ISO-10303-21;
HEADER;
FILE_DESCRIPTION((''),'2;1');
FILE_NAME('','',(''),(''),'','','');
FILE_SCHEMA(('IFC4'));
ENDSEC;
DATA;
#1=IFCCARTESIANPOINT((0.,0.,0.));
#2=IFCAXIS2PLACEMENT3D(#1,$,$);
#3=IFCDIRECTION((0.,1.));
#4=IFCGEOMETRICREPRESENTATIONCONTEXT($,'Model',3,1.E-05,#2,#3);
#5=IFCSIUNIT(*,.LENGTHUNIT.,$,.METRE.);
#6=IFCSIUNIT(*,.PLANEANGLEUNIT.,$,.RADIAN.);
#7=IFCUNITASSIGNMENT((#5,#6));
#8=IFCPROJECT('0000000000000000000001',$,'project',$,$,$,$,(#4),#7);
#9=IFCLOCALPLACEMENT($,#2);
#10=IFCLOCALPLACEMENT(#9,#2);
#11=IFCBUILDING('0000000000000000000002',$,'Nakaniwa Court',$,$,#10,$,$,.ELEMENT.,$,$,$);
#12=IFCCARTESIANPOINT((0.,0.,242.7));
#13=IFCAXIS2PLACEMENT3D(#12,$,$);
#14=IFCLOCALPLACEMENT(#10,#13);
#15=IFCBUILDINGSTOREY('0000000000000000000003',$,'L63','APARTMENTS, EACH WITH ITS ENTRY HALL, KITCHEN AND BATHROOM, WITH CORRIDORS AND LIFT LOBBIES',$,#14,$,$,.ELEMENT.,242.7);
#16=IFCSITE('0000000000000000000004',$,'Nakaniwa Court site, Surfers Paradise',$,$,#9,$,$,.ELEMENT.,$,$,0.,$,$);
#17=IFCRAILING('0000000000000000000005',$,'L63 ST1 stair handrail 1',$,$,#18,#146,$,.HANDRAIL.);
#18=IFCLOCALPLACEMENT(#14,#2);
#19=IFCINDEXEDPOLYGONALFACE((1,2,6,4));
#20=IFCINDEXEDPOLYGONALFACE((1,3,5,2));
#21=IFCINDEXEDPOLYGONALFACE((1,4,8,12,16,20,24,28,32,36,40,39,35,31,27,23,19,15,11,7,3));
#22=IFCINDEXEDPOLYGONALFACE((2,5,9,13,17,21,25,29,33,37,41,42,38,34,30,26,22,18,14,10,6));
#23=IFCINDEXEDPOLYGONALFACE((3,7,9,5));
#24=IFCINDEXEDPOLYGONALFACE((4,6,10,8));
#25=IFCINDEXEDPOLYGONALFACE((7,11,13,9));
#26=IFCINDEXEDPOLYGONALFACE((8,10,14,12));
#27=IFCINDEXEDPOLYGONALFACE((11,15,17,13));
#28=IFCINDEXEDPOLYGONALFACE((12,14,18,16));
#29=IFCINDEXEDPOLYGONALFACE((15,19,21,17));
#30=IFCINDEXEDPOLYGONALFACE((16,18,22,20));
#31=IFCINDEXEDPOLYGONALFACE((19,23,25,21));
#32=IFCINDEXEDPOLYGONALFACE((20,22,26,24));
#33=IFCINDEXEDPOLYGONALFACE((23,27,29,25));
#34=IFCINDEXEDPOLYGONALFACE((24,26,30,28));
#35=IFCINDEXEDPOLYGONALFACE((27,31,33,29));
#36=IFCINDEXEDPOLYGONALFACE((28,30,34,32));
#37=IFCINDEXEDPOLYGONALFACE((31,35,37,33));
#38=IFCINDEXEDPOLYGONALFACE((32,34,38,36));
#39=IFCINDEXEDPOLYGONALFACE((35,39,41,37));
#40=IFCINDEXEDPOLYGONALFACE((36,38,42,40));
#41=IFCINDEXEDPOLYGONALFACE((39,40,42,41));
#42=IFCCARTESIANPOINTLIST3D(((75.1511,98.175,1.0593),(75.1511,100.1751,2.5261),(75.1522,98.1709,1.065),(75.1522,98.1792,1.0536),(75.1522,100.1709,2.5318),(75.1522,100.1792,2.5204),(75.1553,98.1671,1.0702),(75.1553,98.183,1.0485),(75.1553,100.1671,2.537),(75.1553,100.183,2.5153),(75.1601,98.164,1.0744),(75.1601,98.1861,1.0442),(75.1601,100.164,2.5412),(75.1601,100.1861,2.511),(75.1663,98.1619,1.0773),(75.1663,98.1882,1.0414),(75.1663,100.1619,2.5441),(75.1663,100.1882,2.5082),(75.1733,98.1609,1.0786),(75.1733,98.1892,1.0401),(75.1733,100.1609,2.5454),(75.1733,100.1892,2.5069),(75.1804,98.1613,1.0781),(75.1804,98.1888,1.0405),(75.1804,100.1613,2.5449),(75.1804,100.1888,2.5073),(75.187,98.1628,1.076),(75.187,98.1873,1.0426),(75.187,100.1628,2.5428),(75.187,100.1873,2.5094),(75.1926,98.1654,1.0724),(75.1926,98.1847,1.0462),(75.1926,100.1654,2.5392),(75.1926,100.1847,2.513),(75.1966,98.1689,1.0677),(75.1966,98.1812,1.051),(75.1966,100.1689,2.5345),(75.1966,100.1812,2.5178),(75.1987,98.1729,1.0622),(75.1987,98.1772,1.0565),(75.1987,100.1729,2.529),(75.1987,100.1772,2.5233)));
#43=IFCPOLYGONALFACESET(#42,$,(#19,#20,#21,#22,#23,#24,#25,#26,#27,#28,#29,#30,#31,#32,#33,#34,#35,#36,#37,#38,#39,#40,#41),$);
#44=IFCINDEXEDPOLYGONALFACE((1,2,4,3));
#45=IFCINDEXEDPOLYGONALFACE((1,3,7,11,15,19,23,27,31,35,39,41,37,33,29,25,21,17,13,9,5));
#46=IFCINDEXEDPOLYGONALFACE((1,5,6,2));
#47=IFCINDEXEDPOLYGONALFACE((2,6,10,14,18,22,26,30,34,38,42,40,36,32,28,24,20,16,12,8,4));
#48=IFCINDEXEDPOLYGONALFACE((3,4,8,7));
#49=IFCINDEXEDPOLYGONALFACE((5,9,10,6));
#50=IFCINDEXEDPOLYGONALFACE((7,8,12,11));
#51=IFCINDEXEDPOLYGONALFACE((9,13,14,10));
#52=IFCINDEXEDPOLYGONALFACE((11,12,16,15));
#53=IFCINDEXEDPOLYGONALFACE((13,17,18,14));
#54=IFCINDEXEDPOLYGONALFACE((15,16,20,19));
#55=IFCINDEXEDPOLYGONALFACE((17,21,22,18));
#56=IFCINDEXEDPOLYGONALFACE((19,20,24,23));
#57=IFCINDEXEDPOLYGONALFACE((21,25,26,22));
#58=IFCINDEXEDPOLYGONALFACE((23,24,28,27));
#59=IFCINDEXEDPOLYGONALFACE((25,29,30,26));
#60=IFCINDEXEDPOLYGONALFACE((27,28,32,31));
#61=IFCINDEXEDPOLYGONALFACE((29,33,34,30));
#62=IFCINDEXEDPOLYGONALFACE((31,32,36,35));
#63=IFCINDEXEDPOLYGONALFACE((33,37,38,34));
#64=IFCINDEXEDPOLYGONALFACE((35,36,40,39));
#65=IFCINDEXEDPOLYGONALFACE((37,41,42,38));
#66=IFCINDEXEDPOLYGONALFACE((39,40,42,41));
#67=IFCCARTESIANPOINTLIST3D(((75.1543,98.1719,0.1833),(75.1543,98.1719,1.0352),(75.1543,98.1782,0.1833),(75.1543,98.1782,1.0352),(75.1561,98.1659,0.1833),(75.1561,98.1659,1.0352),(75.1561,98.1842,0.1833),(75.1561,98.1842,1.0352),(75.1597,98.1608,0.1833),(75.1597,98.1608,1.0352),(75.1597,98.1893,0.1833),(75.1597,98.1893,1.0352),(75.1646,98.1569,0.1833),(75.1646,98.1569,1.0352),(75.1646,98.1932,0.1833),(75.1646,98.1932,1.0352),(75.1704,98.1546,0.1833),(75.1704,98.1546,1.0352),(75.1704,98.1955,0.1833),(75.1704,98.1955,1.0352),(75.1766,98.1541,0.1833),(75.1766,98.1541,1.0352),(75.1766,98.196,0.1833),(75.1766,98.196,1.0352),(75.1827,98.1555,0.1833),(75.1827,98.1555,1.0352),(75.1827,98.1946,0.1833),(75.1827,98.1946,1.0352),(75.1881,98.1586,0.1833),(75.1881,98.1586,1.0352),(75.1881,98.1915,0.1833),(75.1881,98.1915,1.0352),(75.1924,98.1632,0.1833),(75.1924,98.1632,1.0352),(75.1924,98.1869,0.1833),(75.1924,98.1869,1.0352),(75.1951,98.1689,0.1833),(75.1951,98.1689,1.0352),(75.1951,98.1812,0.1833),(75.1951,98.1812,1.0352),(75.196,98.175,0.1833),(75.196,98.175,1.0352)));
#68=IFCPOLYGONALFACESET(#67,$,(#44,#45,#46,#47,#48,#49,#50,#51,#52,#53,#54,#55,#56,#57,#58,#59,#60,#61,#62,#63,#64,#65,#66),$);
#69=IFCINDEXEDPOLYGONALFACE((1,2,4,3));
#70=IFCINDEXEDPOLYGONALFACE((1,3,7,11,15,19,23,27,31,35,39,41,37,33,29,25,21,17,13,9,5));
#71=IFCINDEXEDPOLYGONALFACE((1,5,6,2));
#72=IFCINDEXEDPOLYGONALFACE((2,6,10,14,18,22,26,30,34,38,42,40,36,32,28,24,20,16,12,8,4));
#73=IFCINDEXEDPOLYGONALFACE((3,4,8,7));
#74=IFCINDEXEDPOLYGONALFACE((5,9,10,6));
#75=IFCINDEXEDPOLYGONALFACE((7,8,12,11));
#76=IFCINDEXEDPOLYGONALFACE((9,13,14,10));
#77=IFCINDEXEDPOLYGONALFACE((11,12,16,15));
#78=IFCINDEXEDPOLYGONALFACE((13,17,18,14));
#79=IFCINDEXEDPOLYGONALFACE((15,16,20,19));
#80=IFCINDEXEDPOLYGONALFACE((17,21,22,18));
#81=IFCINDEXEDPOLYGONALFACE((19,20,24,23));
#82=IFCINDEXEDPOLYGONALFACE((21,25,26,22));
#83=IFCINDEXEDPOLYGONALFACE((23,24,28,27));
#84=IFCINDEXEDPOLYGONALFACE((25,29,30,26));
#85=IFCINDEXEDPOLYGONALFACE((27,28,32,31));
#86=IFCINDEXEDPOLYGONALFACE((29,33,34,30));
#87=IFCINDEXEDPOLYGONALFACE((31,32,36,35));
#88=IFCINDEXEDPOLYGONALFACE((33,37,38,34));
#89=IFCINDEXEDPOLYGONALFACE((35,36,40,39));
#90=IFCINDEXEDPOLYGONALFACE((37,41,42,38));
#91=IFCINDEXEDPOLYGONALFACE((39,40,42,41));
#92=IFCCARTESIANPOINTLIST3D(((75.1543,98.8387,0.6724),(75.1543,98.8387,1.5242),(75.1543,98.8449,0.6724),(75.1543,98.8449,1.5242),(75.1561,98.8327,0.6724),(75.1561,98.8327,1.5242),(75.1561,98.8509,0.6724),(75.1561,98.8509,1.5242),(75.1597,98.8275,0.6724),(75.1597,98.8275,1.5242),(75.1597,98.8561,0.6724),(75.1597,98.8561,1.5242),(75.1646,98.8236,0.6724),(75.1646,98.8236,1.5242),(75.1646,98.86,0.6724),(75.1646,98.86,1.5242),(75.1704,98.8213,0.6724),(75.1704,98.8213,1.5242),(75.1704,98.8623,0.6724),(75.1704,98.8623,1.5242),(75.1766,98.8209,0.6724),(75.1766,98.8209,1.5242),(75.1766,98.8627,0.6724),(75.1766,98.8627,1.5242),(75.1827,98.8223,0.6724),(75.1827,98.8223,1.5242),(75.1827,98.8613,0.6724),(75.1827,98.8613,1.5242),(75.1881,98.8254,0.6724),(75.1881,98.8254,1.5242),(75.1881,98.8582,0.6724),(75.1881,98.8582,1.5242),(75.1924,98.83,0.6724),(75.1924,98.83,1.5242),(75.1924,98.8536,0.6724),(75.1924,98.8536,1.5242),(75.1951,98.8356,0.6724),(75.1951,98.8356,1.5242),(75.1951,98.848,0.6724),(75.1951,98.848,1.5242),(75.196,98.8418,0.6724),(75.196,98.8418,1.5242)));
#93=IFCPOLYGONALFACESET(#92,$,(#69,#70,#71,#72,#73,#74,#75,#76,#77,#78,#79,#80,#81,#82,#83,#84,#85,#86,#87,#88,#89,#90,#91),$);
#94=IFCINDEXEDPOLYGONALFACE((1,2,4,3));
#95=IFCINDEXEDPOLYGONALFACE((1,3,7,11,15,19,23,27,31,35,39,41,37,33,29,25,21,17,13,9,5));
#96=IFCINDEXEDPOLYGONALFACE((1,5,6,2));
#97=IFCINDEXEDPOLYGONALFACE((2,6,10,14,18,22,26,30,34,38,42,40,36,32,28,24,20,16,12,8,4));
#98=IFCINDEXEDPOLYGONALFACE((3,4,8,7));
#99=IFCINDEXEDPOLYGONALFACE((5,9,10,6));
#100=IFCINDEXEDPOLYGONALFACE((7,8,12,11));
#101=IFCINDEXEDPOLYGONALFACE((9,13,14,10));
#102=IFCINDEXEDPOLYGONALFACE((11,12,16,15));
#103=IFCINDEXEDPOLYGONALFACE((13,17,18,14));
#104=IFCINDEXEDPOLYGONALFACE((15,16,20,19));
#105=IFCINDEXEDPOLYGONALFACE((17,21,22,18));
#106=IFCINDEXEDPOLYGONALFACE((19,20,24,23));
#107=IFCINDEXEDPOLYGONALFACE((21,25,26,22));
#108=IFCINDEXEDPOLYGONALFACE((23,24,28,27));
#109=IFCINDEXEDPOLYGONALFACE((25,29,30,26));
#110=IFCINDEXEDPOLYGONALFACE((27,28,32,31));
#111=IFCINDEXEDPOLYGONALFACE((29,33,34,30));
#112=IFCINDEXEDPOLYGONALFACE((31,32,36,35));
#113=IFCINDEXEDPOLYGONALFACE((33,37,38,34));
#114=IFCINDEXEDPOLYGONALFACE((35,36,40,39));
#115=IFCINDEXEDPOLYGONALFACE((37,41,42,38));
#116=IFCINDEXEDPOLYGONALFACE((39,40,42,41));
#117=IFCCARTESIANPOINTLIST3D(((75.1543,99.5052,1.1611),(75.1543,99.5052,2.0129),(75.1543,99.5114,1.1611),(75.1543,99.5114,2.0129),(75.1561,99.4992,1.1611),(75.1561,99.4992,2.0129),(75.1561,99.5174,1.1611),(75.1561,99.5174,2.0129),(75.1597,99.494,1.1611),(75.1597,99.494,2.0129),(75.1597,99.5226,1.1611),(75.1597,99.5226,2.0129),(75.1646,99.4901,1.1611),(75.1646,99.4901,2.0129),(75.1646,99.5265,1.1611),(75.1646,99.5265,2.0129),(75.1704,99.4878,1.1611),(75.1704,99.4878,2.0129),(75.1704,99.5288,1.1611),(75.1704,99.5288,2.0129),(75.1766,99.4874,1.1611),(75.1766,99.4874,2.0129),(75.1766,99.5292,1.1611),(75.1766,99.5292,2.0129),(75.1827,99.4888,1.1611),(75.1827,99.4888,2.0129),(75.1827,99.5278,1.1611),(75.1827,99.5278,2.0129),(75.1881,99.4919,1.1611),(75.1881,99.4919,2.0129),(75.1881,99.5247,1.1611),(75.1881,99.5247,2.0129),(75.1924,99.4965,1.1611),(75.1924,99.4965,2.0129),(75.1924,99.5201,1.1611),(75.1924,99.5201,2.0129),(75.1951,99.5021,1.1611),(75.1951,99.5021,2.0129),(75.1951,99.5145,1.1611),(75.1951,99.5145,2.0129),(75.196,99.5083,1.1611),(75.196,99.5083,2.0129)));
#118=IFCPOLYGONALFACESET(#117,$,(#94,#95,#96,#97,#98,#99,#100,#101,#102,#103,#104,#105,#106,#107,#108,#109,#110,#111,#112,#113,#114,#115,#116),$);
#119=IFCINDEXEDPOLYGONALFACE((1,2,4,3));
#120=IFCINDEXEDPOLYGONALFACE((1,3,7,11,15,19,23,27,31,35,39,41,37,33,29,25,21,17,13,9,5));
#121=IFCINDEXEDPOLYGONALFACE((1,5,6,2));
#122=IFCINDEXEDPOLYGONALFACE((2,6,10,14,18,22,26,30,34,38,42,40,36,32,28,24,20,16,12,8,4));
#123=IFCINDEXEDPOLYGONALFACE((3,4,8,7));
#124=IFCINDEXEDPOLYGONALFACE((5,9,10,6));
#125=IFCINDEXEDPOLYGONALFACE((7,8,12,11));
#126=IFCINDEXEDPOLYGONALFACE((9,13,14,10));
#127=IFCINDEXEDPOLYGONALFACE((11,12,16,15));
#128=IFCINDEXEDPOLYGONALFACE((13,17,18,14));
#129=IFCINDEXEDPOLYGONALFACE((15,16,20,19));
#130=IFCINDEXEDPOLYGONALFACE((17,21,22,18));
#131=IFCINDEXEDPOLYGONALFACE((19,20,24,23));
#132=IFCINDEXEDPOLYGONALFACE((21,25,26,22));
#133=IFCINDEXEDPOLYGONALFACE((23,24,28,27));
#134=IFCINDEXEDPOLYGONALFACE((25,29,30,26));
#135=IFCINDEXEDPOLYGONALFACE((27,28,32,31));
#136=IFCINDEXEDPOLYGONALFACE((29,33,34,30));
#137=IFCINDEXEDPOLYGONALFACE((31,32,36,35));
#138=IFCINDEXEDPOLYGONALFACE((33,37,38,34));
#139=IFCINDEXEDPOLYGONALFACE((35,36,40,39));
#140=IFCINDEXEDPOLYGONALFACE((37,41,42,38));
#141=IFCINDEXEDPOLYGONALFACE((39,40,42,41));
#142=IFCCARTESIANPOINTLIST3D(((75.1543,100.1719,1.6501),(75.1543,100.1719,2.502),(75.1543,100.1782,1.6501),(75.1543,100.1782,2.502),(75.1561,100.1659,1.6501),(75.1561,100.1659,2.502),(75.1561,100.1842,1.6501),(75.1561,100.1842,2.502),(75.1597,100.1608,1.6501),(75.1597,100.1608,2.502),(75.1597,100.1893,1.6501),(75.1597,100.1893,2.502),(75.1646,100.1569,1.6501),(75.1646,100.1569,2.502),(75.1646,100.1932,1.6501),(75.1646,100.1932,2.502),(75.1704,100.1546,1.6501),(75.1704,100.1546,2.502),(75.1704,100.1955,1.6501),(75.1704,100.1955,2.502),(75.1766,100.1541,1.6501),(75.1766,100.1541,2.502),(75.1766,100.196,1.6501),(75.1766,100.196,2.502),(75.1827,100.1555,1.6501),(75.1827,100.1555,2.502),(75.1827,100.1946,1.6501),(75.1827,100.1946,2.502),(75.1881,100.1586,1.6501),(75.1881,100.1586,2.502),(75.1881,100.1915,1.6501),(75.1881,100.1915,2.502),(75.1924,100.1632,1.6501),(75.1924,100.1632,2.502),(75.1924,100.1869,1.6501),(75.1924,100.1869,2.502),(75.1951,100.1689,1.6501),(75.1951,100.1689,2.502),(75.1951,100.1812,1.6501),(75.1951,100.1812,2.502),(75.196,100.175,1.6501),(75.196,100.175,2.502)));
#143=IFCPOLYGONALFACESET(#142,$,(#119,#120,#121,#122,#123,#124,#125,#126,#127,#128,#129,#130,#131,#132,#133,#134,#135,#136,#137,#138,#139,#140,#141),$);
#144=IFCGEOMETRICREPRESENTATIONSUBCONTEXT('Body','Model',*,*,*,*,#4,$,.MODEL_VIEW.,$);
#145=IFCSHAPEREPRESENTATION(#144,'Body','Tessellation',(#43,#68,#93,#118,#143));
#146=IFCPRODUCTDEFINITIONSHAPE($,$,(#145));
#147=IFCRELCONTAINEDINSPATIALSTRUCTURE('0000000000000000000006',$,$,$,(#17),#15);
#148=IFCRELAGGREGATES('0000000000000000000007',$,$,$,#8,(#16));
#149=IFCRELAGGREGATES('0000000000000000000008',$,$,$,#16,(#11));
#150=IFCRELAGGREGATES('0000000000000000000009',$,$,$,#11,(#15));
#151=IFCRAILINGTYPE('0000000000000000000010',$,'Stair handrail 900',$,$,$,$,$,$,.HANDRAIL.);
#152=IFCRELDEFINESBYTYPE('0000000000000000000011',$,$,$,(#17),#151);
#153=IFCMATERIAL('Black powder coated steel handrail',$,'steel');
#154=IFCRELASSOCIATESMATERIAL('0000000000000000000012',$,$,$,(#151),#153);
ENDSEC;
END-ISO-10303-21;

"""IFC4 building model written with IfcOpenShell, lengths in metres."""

from ifc_helpers import new_model, si_unit, direction, frame, origin, origin_2d, place, context, subcontext, project, spatial, circle, extrude, material, type_object, element, save


model = new_model("IFC4")

# Units and contexts
model_context = context("Model", 3, precision=1e-05, world=origin(), true_north=direction((0.0, 1.0)))
body_context = subcontext(model_context, "Body", "Model", "MODEL_VIEW")
ifc_project = project(units=[si_unit("LENGTHUNIT", "METRE"), si_unit("PLANEANGLEUNIT", "RADIAN")], contexts=[model_context])

# Site, building, storey
site_placement = place(None, origin())
site = spatial("IfcSite", under=ifc_project, at=site_placement, Name="Nakaniwa Court site, Surfers Paradise", CompositionType="ELEMENT", RefElevation=0.0)
building_placement = place(site_placement, origin())
building = spatial("IfcBuilding", under=site, at=building_placement, Name="Nakaniwa Court", CompositionType="ELEMENT")
storey_placement = place(building_placement, frame((0.0, 0.0, 242.7)))
storey = spatial("IfcBuildingStorey", under=building, at=storey_placement, Name="L63", Description="APARTMENTS, EACH WITH ITS ENTRY HALL, KITCHEN AND BATHROOM, WITH CORRIDORS AND LIFT LOBBIES", CompositionType="ELEMENT", Elevation=242.7)

# Railing
ifc_material_1 = material(Name="Black powder coated steel handrail", Category="steel")
railing_type_1 = type_object("IfcRailingType", Name="Stair handrail 900", PredefinedType="HANDRAIL", material=ifc_material_1)
railing_1_placement = place(storey_placement, frame((75.175, 98.175, 0.1833)))
element("IfcRailing", 1, at=railing_1_placement, inside=storey, type_object=railing_type_1, Name="L63 ST1 stair handrail 1", PredefinedType="HANDRAIL", context=body_context, shape_type="SweptSolid", body=[
    extrude(circle(Radius=0.0239, at=origin_2d()), frame((0.0, 0.0, 0.876), z_axis=(0.0, 0.80638, 0.591398), x_axis=(-1.0, 0.0, 0.0)), (0.0, 0.0, 1.0), 2.4802),
    extrude(circle(Radius=0.021, at=origin_2d()), origin(), (0.0, 0.0, 1.0), 0.8518),
    extrude(circle(Radius=0.021, at=origin_2d()), frame((0.0, 0.6667, 0.489)), (0.0, 0.0, 1.0), 0.8518),
    extrude(circle(Radius=0.021, at=origin_2d()), frame((0.0, 1.3333, 0.9778)), (0.0, 0.0, 1.0), 0.8518),
    extrude(circle(Radius=0.021, at=origin_2d()), frame((0.0, 2.0, 1.4668)), (0.0, 0.0, 1.0), 0.8518),
])

save(model, "model.ifc")
